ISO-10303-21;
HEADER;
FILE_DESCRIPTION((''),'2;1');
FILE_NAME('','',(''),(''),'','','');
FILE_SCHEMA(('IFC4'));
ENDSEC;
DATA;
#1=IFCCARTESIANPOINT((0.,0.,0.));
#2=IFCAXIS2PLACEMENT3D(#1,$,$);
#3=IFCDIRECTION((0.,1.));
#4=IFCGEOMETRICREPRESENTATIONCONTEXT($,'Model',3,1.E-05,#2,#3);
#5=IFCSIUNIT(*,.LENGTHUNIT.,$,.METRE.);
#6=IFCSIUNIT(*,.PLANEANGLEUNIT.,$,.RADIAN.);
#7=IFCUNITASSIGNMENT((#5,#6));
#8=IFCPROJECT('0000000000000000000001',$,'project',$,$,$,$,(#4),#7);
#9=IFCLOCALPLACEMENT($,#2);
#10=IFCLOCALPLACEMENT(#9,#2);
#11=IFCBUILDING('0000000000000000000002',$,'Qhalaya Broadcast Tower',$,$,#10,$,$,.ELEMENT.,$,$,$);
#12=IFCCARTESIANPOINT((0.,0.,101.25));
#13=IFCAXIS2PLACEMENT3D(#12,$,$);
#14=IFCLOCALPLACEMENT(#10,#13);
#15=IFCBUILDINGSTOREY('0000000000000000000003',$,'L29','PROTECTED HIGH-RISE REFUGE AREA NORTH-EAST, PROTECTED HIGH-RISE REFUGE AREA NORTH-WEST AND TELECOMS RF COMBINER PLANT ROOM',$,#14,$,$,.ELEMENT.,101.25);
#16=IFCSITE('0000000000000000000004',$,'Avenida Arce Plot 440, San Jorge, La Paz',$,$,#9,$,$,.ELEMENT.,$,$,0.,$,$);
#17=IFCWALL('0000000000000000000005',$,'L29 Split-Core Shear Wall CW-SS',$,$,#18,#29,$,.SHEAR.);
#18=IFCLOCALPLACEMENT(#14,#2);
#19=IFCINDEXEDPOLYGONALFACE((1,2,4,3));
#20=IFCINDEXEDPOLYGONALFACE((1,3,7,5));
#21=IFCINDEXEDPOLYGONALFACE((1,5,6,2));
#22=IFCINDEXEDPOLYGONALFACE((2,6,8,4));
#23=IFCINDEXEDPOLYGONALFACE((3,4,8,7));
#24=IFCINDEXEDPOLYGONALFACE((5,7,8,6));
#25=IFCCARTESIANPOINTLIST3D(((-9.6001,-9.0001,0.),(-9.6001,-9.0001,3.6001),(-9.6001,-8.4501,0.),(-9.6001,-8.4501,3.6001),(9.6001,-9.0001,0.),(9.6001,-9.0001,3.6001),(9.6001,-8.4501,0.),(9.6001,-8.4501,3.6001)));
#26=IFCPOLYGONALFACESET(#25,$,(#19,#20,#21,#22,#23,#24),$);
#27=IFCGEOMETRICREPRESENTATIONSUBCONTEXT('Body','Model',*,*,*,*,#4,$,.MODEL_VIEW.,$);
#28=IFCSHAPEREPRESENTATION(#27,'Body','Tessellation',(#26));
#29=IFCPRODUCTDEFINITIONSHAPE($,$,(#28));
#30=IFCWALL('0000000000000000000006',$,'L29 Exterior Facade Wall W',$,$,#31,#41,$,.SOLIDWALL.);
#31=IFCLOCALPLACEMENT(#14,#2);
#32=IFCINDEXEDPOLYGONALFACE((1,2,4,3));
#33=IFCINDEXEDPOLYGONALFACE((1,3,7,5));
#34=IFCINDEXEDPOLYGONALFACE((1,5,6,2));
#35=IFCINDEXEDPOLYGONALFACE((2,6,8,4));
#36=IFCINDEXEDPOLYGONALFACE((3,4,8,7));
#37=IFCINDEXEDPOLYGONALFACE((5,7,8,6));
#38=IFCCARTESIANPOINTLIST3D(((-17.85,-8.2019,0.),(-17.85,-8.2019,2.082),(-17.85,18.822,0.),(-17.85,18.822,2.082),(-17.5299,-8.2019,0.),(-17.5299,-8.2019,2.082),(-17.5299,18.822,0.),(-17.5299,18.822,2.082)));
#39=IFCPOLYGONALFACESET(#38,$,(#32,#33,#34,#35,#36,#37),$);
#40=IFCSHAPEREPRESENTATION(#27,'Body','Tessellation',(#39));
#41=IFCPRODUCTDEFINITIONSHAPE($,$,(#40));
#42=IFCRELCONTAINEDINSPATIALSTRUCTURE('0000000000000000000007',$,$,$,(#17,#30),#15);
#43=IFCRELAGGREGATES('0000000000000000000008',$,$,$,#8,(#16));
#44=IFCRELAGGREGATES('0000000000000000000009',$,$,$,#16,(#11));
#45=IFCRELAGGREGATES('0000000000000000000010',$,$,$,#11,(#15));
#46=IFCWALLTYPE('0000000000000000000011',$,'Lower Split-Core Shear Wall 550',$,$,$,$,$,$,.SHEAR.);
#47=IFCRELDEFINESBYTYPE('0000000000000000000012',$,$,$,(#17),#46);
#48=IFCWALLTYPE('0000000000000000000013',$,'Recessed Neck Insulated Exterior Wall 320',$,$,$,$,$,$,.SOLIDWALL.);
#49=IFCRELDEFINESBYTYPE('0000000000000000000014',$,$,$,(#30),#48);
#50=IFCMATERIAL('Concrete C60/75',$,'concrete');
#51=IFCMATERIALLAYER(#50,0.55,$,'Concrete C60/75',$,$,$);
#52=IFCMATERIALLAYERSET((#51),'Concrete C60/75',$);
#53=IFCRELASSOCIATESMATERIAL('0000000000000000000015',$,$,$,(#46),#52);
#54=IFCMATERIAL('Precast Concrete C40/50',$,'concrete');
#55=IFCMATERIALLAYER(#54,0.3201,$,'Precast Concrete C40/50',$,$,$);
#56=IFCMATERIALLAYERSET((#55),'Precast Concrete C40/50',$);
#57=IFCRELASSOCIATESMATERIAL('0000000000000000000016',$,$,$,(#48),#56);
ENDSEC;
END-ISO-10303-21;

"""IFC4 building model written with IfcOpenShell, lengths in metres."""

from ifc_helpers import new_model, si_unit, direction, frame, frame_2d, origin, place, context, subcontext, project, spatial, rectangle, extrude, material, layer, layer_set, type_object, element, save


model = new_model("IFC4")

# Units and contexts
model_context = context("Model", 3, precision=1e-05, world=origin(), true_north=direction((0.0, 1.0)))
body_context = subcontext(model_context, "Body", "Model", "MODEL_VIEW")
ifc_project = project(units=[si_unit("LENGTHUNIT", "METRE"), si_unit("PLANEANGLEUNIT", "RADIAN")], contexts=[model_context])

# Site, building, storey
site_placement = place(None, origin())
site = spatial("IfcSite", under=ifc_project, at=site_placement, Name="Avenida Arce Plot 440, San Jorge, La Paz", CompositionType="ELEMENT", RefElevation=0.0)
building_placement = place(site_placement, origin())
building = spatial("IfcBuilding", under=site, at=building_placement, Name="Qhalaya Broadcast Tower", CompositionType="ELEMENT")
storey_placement = place(building_placement, frame((0.0, 0.0, 101.25)))
storey = spatial("IfcBuildingStorey", under=building, at=storey_placement, Name="L29", Description="PROTECTED HIGH-RISE REFUGE AREA NORTH-EAST, PROTECTED HIGH-RISE REFUGE AREA NORTH-WEST AND TELECOMS RF COMBINER PLANT ROOM", CompositionType="ELEMENT", Elevation=101.25)

# Wall
ifc_material_1 = material(Name="Concrete C60/75", Category="concrete")
ifc_layer_1 = layer(ifc_material_1, 0.55, Name="Concrete C60/75")
ifc_layer_set_1 = layer_set([ifc_layer_1], Name="Concrete C60/75")
wall_type_1 = type_object("IfcWallType", Name="Lower Split-Core Shear Wall 550", PredefinedType="SHEAR", material=ifc_layer_set_1)
wall_1_placement = place(storey_placement, frame((-9.6001, -8.7251, 0.0), z_axis=(0.0, 0.0, 1.0), x_axis=(1.0, 0.0, 0.0)))
element("IfcWall", 1, at=wall_1_placement, inside=storey, type_object=wall_type_1, Name="L29 Split-Core Shear Wall CW-SS", PredefinedType="SHEAR", context=body_context, shape_type="SweptSolid", body=[
    extrude(rectangle(XDim=19.2002, YDim=0.55, at=frame_2d((9.6001, 0.0))), origin(), (0.0, 0.0, 1.0), 3.6001),
])

# Wall
ifc_material_2 = material(Name="Precast Concrete C40/50", Category="concrete")
ifc_layer_2 = layer(ifc_material_2, 0.3201, Name="Precast Concrete C40/50")
ifc_layer_set_2 = layer_set([ifc_layer_2], Name="Precast Concrete C40/50")
wall_type_2 = type_object("IfcWallType", Name="Recessed Neck Insulated Exterior Wall 320", PredefinedType="SOLIDWALL", material=ifc_layer_set_2)
wall_2_placement = place(storey_placement, frame((-17.6899, -8.2019, 0.0), z_axis=(0.0, 0.0, 1.0), x_axis=(0.0, 1.0, 0.0)))
element("IfcWall", 2, at=wall_2_placement, inside=storey, type_object=wall_type_2, Name="L29 Exterior Facade Wall W", PredefinedType="SOLIDWALL", context=body_context, shape_type="SweptSolid", body=[
    extrude(rectangle(XDim=27.0239, YDim=0.3201, at=frame_2d((13.512, 0.0))), origin(), (0.0, 0.0, 1.0), 2.082),
])

save(model, "model.ifc")
